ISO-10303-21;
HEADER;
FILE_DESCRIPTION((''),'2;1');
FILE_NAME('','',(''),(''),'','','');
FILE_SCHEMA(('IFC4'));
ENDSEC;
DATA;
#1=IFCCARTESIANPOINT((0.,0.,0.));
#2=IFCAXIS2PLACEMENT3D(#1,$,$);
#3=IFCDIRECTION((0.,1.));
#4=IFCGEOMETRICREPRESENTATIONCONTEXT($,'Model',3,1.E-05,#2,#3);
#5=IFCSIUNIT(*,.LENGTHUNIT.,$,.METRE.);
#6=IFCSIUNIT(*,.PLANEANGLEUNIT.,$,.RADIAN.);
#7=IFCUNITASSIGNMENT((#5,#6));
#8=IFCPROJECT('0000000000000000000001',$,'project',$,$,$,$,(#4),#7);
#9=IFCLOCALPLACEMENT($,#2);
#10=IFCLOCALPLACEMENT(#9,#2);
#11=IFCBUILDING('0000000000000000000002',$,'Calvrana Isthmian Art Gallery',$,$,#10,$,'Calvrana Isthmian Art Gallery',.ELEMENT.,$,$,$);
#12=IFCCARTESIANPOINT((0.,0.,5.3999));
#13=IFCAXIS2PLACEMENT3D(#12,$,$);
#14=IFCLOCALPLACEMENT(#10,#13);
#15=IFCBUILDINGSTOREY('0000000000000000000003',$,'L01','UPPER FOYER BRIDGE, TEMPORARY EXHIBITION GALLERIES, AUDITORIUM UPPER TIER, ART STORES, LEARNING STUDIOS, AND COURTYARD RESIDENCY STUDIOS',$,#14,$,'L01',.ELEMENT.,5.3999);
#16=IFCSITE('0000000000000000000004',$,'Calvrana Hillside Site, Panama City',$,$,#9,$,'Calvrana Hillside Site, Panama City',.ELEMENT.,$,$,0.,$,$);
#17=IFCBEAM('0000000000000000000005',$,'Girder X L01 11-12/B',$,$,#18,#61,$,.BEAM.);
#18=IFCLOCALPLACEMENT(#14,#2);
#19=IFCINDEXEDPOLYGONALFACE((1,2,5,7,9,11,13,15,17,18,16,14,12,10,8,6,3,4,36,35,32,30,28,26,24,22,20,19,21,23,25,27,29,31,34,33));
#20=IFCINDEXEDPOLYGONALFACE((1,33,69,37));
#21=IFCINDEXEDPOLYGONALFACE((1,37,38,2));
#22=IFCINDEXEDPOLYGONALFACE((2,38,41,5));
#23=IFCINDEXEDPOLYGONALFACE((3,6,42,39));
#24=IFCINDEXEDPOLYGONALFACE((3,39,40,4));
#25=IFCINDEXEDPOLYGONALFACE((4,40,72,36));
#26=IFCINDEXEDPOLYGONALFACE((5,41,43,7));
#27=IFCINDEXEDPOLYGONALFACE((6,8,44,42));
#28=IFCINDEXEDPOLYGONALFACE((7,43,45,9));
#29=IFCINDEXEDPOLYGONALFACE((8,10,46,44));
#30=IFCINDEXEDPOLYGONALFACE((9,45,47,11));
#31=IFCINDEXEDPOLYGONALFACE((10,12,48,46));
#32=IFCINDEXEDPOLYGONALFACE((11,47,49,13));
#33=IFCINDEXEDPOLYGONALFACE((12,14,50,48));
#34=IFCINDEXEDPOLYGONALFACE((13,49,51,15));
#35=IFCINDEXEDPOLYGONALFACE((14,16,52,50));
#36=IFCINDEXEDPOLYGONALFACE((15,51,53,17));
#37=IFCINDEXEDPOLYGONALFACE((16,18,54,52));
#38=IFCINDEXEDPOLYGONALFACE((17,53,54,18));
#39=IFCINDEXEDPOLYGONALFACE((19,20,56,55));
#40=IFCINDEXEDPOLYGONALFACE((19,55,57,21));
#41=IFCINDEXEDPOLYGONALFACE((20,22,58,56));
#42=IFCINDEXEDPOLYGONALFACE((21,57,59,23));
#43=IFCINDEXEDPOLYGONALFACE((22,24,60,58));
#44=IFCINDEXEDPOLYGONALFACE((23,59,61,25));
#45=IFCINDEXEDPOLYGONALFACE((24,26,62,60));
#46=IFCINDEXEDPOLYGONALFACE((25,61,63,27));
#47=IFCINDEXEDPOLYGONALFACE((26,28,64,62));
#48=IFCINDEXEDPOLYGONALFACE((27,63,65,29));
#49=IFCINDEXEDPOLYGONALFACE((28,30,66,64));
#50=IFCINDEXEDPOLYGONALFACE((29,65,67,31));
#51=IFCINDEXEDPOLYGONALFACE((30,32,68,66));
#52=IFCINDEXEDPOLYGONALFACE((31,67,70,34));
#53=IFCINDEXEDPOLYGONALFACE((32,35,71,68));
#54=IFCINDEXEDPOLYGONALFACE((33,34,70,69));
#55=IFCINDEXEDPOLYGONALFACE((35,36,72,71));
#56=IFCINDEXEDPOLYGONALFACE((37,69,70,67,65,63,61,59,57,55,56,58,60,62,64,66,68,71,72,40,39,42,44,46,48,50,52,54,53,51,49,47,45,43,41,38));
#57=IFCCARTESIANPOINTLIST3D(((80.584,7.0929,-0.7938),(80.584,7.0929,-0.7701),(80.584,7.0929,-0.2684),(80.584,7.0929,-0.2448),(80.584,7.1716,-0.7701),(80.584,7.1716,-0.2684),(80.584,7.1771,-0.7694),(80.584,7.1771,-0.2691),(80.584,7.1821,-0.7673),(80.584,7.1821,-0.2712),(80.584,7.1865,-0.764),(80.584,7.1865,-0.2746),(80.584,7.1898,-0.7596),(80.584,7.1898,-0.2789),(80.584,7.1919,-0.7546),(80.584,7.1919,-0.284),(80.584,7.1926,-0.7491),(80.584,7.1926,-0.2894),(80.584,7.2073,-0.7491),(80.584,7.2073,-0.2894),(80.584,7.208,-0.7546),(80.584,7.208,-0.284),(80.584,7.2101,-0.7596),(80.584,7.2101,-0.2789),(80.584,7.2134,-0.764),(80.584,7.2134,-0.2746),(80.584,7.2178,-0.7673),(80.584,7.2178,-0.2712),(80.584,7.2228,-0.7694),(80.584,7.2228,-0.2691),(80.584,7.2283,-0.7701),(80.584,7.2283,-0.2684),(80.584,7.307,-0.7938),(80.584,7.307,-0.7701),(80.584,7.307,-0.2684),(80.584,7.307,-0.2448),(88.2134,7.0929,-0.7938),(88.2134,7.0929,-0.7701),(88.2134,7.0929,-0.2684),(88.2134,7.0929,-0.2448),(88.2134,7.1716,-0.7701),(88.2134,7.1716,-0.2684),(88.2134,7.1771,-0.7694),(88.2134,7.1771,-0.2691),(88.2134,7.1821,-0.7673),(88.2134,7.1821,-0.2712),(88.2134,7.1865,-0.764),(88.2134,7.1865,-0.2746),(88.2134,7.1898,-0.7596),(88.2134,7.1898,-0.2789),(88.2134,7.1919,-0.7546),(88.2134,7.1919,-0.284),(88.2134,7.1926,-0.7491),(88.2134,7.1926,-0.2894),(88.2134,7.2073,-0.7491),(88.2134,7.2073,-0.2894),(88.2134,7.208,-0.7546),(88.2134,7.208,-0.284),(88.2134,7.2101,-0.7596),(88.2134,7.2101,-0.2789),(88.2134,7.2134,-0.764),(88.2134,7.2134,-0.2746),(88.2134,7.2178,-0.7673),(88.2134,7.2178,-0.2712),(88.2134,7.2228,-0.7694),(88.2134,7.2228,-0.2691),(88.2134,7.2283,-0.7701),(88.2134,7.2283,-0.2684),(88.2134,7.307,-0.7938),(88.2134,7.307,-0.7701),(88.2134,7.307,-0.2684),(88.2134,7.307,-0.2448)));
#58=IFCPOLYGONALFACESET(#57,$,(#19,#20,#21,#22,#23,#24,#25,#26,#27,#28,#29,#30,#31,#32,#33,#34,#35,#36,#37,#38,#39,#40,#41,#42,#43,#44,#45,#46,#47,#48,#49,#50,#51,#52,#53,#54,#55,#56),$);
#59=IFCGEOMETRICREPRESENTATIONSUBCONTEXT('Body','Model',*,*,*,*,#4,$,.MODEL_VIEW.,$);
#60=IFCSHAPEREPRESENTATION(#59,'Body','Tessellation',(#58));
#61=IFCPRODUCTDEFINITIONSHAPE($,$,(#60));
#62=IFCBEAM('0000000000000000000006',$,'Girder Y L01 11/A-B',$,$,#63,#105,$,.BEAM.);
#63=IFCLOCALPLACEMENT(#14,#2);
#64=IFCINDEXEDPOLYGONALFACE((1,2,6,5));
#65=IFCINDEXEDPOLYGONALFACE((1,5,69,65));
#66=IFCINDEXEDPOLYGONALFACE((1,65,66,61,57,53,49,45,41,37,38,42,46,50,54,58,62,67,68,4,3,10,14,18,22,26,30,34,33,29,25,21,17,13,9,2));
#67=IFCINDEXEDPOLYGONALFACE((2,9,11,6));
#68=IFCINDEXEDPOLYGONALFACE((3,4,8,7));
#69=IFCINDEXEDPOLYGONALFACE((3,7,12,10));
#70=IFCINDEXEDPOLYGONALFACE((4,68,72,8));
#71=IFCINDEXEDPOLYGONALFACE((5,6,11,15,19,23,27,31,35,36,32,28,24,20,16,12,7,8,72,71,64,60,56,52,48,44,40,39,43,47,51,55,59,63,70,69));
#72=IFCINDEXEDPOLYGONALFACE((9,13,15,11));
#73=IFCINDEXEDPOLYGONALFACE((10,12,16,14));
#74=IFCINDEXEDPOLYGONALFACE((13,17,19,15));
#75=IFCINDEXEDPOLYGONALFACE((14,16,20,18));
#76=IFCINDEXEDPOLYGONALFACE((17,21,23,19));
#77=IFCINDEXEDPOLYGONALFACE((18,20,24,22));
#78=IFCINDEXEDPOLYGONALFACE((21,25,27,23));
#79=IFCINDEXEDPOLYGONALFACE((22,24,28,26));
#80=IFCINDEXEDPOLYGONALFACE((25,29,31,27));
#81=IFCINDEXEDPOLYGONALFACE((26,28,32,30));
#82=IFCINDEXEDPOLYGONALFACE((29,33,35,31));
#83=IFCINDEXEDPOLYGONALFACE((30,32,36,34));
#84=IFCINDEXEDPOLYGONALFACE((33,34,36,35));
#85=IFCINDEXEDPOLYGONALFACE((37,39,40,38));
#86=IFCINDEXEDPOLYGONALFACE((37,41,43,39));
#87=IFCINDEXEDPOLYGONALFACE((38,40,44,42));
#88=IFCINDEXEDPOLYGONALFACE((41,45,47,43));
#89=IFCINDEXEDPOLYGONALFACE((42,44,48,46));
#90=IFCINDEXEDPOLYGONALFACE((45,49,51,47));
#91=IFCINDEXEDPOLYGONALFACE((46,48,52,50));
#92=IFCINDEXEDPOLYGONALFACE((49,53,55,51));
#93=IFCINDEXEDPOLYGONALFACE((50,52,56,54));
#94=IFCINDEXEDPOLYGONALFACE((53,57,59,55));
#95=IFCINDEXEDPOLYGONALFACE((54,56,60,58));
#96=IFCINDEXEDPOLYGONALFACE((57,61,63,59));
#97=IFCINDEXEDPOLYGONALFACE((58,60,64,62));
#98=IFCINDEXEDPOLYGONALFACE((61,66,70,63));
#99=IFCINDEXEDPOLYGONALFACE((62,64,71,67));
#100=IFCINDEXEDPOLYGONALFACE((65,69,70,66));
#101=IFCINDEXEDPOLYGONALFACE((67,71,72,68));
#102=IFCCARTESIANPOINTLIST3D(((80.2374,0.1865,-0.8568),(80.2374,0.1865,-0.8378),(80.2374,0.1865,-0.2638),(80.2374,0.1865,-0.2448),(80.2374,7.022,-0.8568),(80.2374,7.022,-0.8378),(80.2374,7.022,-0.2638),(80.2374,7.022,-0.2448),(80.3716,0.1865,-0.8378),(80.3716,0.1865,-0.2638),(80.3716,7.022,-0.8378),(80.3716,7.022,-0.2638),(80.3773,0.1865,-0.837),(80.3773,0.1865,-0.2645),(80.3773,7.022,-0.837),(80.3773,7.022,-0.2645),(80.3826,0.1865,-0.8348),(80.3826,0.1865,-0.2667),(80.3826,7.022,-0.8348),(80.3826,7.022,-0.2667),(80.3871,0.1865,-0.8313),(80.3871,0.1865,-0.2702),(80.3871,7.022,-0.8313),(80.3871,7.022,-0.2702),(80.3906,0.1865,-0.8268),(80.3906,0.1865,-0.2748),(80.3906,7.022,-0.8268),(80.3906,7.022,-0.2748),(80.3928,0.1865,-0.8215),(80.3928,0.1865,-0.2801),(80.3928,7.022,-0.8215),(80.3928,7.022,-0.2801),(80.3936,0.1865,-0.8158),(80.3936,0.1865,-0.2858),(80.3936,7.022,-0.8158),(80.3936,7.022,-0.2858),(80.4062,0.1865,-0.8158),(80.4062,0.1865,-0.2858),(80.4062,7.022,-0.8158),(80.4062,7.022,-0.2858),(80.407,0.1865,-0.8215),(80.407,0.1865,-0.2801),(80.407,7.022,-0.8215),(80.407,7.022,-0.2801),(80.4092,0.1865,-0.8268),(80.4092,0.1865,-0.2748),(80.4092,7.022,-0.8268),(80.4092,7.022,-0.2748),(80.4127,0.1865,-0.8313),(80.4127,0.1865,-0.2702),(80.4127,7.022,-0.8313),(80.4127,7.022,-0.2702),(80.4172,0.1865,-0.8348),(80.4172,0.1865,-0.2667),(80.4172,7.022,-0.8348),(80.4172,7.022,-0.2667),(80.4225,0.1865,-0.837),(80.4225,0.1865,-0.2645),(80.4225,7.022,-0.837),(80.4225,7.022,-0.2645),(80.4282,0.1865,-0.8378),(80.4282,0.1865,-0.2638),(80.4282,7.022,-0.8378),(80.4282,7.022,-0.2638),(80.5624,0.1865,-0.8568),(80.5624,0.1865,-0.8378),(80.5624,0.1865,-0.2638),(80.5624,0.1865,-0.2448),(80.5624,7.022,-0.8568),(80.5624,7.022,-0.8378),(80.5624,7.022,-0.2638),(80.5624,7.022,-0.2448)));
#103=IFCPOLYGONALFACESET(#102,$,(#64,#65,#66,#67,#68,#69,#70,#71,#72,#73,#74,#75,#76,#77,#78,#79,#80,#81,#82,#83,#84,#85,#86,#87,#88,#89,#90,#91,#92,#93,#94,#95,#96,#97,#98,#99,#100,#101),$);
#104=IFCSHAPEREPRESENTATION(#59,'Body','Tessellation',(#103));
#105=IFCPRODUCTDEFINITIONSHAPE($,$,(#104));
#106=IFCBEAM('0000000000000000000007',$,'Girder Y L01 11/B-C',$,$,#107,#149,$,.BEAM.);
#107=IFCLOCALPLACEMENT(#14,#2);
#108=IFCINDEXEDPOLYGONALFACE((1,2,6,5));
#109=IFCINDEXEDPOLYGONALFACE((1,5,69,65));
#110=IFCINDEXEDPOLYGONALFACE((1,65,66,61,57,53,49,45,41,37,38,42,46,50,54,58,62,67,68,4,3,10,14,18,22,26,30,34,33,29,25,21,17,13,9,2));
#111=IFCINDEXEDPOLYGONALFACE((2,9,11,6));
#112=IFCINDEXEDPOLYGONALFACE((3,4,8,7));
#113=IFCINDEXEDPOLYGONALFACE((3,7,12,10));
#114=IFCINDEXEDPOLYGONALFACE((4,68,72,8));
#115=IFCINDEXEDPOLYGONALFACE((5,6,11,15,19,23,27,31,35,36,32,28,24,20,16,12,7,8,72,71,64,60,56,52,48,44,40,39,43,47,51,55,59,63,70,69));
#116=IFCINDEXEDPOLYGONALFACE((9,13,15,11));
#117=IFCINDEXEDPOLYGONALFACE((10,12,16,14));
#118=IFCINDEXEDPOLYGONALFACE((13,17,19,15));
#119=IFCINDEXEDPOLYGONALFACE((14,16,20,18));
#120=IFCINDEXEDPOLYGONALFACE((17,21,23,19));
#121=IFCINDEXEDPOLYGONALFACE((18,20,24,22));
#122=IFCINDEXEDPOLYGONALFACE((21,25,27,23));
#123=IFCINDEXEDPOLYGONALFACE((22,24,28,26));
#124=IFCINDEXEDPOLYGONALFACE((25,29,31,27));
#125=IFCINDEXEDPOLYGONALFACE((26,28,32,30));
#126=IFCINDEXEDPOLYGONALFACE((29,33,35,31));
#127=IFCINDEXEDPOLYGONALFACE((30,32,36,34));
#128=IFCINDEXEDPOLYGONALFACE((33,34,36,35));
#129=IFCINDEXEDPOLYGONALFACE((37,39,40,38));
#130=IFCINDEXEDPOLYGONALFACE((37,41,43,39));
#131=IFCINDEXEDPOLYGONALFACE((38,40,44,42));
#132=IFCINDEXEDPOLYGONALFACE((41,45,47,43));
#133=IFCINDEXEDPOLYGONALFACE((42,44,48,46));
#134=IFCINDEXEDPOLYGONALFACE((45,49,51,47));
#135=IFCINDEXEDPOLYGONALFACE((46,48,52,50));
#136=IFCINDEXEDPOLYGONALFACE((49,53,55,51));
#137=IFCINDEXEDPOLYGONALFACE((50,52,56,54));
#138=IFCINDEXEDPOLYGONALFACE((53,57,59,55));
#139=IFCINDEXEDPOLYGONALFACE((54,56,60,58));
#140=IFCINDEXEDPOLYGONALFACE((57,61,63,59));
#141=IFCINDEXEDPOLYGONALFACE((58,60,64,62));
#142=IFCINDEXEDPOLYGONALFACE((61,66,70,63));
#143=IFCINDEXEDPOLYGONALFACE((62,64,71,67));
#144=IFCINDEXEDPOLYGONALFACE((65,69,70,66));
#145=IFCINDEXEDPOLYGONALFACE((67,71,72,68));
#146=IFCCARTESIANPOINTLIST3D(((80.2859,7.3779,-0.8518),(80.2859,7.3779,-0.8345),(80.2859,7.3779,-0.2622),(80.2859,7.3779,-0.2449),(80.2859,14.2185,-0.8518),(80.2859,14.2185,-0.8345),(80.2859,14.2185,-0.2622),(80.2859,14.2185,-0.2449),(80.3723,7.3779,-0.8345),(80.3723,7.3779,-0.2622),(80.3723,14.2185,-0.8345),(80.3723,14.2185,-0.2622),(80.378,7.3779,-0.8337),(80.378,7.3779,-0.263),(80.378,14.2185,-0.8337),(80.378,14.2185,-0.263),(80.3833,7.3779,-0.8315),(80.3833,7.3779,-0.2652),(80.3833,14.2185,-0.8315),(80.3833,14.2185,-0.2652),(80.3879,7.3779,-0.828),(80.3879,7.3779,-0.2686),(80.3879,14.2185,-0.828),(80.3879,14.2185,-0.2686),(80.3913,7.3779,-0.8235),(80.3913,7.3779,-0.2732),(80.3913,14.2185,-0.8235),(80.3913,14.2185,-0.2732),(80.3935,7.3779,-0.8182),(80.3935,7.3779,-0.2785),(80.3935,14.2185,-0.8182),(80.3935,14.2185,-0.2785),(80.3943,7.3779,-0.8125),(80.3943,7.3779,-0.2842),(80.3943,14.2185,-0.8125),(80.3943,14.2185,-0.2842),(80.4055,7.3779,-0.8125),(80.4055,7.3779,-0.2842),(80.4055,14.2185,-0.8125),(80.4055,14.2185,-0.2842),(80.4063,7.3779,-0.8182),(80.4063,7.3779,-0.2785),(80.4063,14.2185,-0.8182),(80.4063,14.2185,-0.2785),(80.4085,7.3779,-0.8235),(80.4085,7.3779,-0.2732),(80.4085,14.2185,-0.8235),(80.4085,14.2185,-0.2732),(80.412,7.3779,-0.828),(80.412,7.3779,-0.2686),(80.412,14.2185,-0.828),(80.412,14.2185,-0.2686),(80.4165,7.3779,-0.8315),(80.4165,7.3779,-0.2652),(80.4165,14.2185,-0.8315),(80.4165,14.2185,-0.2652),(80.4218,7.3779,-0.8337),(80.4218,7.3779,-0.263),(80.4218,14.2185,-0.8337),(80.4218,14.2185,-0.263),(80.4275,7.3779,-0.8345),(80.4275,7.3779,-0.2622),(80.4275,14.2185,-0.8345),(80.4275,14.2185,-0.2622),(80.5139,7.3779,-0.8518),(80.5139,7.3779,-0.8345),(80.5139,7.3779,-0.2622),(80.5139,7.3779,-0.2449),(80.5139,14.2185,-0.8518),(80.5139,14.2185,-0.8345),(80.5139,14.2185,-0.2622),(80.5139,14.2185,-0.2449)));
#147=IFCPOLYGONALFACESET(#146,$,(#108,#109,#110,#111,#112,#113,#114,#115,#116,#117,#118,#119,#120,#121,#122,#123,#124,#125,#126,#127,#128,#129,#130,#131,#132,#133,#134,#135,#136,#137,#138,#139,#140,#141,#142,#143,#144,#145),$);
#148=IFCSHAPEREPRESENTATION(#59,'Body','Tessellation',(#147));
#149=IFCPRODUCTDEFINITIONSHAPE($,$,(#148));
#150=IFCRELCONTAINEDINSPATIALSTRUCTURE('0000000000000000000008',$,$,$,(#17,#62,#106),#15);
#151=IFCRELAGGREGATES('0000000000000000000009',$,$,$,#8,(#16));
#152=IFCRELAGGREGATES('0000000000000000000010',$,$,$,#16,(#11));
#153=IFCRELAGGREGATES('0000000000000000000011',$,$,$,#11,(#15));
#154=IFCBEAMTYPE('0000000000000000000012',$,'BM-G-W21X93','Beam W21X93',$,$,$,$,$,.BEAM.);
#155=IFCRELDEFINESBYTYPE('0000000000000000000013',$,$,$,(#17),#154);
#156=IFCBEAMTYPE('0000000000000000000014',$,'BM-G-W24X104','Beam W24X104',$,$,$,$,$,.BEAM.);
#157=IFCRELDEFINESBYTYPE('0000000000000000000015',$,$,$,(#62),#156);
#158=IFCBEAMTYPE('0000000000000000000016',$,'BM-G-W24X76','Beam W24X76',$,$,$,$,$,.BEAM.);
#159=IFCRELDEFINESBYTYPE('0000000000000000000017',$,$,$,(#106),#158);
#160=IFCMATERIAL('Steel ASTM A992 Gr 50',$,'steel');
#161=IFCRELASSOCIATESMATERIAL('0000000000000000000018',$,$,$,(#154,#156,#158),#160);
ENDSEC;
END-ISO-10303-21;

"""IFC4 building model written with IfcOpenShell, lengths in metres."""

from ifc_helpers import new_model, si_unit, direction, frame, origin, origin_2d, place, context, subcontext, project, spatial, i_section, extrude, material, material_profile, profile_set, type_object, element, save


model = new_model("IFC4")

# Units and contexts
model_context = context("Model", 3, precision=1e-05, world=origin(), true_north=direction((0.0, 1.0)))
body_context = subcontext(model_context, "Body", "Model", "MODEL_VIEW")
ifc_project = project(units=[si_unit("LENGTHUNIT", "METRE"), si_unit("PLANEANGLEUNIT", "RADIAN")], contexts=[model_context])

# Site, building, storey
site_placement = place(None, origin())
site = spatial("IfcSite", under=ifc_project, at=site_placement, Name="Calvrana Hillside Site, Panama City", LongName="Calvrana Hillside Site, Panama City", CompositionType="ELEMENT", RefElevation=0.0)
building_placement = place(site_placement, origin())
building = spatial("IfcBuilding", under=site, at=building_placement, Name="Calvrana Isthmian Art Gallery", LongName="Calvrana Isthmian Art Gallery", CompositionType="ELEMENT")
storey_placement = place(building_placement, frame((0.0, 0.0, 5.3999)))
storey = spatial("IfcBuildingStorey", under=building, at=storey_placement, Name="L01", Description="UPPER FOYER BRIDGE, TEMPORARY EXHIBITION GALLERIES, AUDITORIUM UPPER TIER, ART STORES, LEARNING STUDIOS, AND COURTYARD RESIDENCY STUDIOS", LongName="L01", CompositionType="ELEMENT", Elevation=5.3999)

# Beams
ifc_material_1 = material(Name="Steel ASTM A992 Gr 50", Category="steel")
ifc_material_profile_1 = material_profile(ifc_material_1, i_section(OverallWidth=0.2141, OverallDepth=0.5491, WebThickness=0.0146, FlangeThickness=0.0237, FilletRadius=0.021, at=origin_2d()), Name="W21X93")
ifc_profile_set_1 = profile_set([ifc_material_profile_1], Name="Steel ASTM A992 Gr 50")
beam_type_1 = type_object("IfcBeamType", Name="BM-G-W21X93", Description="Beam W21X93", PredefinedType="BEAM", material=ifc_profile_set_1)
beam_1_placement = place(storey_placement, frame((80.584, 7.2, -0.5193), z_axis=(1.0, 0.0, 0.0), x_axis=(0.0, 1.0, 0.0)))
element("IfcBeam", 1, at=beam_1_placement, inside=storey, type_object=beam_type_1, Name="Girder X L01 11-12/B", PredefinedType="BEAM", context=body_context, shape_type="SweptSolid", body=[
    extrude(i_section(OverallWidth=0.2141, OverallDepth=0.5491, WebThickness=0.0146, FlangeThickness=0.0237, FilletRadius=0.021, at=origin_2d()), origin(), (0.0, 0.0, 1.0), 7.6294),
])
ifc_material_profile_2 = material_profile(ifc_material_1, i_section(OverallWidth=0.325, OverallDepth=0.6121, WebThickness=0.0127, FlangeThickness=0.019, FilletRadius=0.022, at=origin_2d()), Name="W24X104")
ifc_profile_set_2 = profile_set([ifc_material_profile_2], Name="Steel ASTM A992 Gr 50")
beam_type_2 = type_object("IfcBeamType", Name="BM-G-W24X104", Description="Beam W24X104", PredefinedType="BEAM", material=ifc_profile_set_2)
beam_2_placement = place(storey_placement, frame((80.3999, 0.1865, -0.5508), z_axis=(0.0, 1.0, 0.0), x_axis=(-1.0, 0.0, 0.0)))
element("IfcBeam", 2, at=beam_2_placement, inside=storey, type_object=beam_type_2, Name="Girder Y L01 11/A-B", PredefinedType="BEAM", context=body_context, shape_type="SweptSolid", body=[
    extrude(i_section(OverallWidth=0.325, OverallDepth=0.6121, WebThickness=0.0127, FlangeThickness=0.019, FilletRadius=0.022, at=origin_2d()), origin(), (0.0, 0.0, 1.0), 6.8354),
])
ifc_material_profile_3 = material_profile(ifc_material_1, i_section(OverallWidth=0.228, OverallDepth=0.6069, WebThickness=0.0112, FlangeThickness=0.0173, FilletRadius=0.022, at=origin_2d()), Name="W24X76")
ifc_profile_set_3 = profile_set([ifc_material_profile_3], Name="Steel ASTM A992 Gr 50")
beam_type_3 = type_object("IfcBeamType", Name="BM-G-W24X76", Description="Beam W24X76", PredefinedType="BEAM", material=ifc_profile_set_3)
beam_3_placement = place(storey_placement, frame((80.3999, 7.3779, -0.5483), z_axis=(0.0, 1.0, 0.0), x_axis=(-1.0, 0.0, 0.0)))
element("IfcBeam", 3, at=beam_3_placement, inside=storey, type_object=beam_type_3, Name="Girder Y L01 11/B-C", PredefinedType="BEAM", context=body_context, shape_type="SweptSolid", body=[
    extrude(i_section(OverallWidth=0.228, OverallDepth=0.6069, WebThickness=0.0112, FlangeThickness=0.0173, FilletRadius=0.022, at=origin_2d()), origin(), (0.0, 0.0, 1.0), 6.8406),
])

save(model, "model.ifc")
